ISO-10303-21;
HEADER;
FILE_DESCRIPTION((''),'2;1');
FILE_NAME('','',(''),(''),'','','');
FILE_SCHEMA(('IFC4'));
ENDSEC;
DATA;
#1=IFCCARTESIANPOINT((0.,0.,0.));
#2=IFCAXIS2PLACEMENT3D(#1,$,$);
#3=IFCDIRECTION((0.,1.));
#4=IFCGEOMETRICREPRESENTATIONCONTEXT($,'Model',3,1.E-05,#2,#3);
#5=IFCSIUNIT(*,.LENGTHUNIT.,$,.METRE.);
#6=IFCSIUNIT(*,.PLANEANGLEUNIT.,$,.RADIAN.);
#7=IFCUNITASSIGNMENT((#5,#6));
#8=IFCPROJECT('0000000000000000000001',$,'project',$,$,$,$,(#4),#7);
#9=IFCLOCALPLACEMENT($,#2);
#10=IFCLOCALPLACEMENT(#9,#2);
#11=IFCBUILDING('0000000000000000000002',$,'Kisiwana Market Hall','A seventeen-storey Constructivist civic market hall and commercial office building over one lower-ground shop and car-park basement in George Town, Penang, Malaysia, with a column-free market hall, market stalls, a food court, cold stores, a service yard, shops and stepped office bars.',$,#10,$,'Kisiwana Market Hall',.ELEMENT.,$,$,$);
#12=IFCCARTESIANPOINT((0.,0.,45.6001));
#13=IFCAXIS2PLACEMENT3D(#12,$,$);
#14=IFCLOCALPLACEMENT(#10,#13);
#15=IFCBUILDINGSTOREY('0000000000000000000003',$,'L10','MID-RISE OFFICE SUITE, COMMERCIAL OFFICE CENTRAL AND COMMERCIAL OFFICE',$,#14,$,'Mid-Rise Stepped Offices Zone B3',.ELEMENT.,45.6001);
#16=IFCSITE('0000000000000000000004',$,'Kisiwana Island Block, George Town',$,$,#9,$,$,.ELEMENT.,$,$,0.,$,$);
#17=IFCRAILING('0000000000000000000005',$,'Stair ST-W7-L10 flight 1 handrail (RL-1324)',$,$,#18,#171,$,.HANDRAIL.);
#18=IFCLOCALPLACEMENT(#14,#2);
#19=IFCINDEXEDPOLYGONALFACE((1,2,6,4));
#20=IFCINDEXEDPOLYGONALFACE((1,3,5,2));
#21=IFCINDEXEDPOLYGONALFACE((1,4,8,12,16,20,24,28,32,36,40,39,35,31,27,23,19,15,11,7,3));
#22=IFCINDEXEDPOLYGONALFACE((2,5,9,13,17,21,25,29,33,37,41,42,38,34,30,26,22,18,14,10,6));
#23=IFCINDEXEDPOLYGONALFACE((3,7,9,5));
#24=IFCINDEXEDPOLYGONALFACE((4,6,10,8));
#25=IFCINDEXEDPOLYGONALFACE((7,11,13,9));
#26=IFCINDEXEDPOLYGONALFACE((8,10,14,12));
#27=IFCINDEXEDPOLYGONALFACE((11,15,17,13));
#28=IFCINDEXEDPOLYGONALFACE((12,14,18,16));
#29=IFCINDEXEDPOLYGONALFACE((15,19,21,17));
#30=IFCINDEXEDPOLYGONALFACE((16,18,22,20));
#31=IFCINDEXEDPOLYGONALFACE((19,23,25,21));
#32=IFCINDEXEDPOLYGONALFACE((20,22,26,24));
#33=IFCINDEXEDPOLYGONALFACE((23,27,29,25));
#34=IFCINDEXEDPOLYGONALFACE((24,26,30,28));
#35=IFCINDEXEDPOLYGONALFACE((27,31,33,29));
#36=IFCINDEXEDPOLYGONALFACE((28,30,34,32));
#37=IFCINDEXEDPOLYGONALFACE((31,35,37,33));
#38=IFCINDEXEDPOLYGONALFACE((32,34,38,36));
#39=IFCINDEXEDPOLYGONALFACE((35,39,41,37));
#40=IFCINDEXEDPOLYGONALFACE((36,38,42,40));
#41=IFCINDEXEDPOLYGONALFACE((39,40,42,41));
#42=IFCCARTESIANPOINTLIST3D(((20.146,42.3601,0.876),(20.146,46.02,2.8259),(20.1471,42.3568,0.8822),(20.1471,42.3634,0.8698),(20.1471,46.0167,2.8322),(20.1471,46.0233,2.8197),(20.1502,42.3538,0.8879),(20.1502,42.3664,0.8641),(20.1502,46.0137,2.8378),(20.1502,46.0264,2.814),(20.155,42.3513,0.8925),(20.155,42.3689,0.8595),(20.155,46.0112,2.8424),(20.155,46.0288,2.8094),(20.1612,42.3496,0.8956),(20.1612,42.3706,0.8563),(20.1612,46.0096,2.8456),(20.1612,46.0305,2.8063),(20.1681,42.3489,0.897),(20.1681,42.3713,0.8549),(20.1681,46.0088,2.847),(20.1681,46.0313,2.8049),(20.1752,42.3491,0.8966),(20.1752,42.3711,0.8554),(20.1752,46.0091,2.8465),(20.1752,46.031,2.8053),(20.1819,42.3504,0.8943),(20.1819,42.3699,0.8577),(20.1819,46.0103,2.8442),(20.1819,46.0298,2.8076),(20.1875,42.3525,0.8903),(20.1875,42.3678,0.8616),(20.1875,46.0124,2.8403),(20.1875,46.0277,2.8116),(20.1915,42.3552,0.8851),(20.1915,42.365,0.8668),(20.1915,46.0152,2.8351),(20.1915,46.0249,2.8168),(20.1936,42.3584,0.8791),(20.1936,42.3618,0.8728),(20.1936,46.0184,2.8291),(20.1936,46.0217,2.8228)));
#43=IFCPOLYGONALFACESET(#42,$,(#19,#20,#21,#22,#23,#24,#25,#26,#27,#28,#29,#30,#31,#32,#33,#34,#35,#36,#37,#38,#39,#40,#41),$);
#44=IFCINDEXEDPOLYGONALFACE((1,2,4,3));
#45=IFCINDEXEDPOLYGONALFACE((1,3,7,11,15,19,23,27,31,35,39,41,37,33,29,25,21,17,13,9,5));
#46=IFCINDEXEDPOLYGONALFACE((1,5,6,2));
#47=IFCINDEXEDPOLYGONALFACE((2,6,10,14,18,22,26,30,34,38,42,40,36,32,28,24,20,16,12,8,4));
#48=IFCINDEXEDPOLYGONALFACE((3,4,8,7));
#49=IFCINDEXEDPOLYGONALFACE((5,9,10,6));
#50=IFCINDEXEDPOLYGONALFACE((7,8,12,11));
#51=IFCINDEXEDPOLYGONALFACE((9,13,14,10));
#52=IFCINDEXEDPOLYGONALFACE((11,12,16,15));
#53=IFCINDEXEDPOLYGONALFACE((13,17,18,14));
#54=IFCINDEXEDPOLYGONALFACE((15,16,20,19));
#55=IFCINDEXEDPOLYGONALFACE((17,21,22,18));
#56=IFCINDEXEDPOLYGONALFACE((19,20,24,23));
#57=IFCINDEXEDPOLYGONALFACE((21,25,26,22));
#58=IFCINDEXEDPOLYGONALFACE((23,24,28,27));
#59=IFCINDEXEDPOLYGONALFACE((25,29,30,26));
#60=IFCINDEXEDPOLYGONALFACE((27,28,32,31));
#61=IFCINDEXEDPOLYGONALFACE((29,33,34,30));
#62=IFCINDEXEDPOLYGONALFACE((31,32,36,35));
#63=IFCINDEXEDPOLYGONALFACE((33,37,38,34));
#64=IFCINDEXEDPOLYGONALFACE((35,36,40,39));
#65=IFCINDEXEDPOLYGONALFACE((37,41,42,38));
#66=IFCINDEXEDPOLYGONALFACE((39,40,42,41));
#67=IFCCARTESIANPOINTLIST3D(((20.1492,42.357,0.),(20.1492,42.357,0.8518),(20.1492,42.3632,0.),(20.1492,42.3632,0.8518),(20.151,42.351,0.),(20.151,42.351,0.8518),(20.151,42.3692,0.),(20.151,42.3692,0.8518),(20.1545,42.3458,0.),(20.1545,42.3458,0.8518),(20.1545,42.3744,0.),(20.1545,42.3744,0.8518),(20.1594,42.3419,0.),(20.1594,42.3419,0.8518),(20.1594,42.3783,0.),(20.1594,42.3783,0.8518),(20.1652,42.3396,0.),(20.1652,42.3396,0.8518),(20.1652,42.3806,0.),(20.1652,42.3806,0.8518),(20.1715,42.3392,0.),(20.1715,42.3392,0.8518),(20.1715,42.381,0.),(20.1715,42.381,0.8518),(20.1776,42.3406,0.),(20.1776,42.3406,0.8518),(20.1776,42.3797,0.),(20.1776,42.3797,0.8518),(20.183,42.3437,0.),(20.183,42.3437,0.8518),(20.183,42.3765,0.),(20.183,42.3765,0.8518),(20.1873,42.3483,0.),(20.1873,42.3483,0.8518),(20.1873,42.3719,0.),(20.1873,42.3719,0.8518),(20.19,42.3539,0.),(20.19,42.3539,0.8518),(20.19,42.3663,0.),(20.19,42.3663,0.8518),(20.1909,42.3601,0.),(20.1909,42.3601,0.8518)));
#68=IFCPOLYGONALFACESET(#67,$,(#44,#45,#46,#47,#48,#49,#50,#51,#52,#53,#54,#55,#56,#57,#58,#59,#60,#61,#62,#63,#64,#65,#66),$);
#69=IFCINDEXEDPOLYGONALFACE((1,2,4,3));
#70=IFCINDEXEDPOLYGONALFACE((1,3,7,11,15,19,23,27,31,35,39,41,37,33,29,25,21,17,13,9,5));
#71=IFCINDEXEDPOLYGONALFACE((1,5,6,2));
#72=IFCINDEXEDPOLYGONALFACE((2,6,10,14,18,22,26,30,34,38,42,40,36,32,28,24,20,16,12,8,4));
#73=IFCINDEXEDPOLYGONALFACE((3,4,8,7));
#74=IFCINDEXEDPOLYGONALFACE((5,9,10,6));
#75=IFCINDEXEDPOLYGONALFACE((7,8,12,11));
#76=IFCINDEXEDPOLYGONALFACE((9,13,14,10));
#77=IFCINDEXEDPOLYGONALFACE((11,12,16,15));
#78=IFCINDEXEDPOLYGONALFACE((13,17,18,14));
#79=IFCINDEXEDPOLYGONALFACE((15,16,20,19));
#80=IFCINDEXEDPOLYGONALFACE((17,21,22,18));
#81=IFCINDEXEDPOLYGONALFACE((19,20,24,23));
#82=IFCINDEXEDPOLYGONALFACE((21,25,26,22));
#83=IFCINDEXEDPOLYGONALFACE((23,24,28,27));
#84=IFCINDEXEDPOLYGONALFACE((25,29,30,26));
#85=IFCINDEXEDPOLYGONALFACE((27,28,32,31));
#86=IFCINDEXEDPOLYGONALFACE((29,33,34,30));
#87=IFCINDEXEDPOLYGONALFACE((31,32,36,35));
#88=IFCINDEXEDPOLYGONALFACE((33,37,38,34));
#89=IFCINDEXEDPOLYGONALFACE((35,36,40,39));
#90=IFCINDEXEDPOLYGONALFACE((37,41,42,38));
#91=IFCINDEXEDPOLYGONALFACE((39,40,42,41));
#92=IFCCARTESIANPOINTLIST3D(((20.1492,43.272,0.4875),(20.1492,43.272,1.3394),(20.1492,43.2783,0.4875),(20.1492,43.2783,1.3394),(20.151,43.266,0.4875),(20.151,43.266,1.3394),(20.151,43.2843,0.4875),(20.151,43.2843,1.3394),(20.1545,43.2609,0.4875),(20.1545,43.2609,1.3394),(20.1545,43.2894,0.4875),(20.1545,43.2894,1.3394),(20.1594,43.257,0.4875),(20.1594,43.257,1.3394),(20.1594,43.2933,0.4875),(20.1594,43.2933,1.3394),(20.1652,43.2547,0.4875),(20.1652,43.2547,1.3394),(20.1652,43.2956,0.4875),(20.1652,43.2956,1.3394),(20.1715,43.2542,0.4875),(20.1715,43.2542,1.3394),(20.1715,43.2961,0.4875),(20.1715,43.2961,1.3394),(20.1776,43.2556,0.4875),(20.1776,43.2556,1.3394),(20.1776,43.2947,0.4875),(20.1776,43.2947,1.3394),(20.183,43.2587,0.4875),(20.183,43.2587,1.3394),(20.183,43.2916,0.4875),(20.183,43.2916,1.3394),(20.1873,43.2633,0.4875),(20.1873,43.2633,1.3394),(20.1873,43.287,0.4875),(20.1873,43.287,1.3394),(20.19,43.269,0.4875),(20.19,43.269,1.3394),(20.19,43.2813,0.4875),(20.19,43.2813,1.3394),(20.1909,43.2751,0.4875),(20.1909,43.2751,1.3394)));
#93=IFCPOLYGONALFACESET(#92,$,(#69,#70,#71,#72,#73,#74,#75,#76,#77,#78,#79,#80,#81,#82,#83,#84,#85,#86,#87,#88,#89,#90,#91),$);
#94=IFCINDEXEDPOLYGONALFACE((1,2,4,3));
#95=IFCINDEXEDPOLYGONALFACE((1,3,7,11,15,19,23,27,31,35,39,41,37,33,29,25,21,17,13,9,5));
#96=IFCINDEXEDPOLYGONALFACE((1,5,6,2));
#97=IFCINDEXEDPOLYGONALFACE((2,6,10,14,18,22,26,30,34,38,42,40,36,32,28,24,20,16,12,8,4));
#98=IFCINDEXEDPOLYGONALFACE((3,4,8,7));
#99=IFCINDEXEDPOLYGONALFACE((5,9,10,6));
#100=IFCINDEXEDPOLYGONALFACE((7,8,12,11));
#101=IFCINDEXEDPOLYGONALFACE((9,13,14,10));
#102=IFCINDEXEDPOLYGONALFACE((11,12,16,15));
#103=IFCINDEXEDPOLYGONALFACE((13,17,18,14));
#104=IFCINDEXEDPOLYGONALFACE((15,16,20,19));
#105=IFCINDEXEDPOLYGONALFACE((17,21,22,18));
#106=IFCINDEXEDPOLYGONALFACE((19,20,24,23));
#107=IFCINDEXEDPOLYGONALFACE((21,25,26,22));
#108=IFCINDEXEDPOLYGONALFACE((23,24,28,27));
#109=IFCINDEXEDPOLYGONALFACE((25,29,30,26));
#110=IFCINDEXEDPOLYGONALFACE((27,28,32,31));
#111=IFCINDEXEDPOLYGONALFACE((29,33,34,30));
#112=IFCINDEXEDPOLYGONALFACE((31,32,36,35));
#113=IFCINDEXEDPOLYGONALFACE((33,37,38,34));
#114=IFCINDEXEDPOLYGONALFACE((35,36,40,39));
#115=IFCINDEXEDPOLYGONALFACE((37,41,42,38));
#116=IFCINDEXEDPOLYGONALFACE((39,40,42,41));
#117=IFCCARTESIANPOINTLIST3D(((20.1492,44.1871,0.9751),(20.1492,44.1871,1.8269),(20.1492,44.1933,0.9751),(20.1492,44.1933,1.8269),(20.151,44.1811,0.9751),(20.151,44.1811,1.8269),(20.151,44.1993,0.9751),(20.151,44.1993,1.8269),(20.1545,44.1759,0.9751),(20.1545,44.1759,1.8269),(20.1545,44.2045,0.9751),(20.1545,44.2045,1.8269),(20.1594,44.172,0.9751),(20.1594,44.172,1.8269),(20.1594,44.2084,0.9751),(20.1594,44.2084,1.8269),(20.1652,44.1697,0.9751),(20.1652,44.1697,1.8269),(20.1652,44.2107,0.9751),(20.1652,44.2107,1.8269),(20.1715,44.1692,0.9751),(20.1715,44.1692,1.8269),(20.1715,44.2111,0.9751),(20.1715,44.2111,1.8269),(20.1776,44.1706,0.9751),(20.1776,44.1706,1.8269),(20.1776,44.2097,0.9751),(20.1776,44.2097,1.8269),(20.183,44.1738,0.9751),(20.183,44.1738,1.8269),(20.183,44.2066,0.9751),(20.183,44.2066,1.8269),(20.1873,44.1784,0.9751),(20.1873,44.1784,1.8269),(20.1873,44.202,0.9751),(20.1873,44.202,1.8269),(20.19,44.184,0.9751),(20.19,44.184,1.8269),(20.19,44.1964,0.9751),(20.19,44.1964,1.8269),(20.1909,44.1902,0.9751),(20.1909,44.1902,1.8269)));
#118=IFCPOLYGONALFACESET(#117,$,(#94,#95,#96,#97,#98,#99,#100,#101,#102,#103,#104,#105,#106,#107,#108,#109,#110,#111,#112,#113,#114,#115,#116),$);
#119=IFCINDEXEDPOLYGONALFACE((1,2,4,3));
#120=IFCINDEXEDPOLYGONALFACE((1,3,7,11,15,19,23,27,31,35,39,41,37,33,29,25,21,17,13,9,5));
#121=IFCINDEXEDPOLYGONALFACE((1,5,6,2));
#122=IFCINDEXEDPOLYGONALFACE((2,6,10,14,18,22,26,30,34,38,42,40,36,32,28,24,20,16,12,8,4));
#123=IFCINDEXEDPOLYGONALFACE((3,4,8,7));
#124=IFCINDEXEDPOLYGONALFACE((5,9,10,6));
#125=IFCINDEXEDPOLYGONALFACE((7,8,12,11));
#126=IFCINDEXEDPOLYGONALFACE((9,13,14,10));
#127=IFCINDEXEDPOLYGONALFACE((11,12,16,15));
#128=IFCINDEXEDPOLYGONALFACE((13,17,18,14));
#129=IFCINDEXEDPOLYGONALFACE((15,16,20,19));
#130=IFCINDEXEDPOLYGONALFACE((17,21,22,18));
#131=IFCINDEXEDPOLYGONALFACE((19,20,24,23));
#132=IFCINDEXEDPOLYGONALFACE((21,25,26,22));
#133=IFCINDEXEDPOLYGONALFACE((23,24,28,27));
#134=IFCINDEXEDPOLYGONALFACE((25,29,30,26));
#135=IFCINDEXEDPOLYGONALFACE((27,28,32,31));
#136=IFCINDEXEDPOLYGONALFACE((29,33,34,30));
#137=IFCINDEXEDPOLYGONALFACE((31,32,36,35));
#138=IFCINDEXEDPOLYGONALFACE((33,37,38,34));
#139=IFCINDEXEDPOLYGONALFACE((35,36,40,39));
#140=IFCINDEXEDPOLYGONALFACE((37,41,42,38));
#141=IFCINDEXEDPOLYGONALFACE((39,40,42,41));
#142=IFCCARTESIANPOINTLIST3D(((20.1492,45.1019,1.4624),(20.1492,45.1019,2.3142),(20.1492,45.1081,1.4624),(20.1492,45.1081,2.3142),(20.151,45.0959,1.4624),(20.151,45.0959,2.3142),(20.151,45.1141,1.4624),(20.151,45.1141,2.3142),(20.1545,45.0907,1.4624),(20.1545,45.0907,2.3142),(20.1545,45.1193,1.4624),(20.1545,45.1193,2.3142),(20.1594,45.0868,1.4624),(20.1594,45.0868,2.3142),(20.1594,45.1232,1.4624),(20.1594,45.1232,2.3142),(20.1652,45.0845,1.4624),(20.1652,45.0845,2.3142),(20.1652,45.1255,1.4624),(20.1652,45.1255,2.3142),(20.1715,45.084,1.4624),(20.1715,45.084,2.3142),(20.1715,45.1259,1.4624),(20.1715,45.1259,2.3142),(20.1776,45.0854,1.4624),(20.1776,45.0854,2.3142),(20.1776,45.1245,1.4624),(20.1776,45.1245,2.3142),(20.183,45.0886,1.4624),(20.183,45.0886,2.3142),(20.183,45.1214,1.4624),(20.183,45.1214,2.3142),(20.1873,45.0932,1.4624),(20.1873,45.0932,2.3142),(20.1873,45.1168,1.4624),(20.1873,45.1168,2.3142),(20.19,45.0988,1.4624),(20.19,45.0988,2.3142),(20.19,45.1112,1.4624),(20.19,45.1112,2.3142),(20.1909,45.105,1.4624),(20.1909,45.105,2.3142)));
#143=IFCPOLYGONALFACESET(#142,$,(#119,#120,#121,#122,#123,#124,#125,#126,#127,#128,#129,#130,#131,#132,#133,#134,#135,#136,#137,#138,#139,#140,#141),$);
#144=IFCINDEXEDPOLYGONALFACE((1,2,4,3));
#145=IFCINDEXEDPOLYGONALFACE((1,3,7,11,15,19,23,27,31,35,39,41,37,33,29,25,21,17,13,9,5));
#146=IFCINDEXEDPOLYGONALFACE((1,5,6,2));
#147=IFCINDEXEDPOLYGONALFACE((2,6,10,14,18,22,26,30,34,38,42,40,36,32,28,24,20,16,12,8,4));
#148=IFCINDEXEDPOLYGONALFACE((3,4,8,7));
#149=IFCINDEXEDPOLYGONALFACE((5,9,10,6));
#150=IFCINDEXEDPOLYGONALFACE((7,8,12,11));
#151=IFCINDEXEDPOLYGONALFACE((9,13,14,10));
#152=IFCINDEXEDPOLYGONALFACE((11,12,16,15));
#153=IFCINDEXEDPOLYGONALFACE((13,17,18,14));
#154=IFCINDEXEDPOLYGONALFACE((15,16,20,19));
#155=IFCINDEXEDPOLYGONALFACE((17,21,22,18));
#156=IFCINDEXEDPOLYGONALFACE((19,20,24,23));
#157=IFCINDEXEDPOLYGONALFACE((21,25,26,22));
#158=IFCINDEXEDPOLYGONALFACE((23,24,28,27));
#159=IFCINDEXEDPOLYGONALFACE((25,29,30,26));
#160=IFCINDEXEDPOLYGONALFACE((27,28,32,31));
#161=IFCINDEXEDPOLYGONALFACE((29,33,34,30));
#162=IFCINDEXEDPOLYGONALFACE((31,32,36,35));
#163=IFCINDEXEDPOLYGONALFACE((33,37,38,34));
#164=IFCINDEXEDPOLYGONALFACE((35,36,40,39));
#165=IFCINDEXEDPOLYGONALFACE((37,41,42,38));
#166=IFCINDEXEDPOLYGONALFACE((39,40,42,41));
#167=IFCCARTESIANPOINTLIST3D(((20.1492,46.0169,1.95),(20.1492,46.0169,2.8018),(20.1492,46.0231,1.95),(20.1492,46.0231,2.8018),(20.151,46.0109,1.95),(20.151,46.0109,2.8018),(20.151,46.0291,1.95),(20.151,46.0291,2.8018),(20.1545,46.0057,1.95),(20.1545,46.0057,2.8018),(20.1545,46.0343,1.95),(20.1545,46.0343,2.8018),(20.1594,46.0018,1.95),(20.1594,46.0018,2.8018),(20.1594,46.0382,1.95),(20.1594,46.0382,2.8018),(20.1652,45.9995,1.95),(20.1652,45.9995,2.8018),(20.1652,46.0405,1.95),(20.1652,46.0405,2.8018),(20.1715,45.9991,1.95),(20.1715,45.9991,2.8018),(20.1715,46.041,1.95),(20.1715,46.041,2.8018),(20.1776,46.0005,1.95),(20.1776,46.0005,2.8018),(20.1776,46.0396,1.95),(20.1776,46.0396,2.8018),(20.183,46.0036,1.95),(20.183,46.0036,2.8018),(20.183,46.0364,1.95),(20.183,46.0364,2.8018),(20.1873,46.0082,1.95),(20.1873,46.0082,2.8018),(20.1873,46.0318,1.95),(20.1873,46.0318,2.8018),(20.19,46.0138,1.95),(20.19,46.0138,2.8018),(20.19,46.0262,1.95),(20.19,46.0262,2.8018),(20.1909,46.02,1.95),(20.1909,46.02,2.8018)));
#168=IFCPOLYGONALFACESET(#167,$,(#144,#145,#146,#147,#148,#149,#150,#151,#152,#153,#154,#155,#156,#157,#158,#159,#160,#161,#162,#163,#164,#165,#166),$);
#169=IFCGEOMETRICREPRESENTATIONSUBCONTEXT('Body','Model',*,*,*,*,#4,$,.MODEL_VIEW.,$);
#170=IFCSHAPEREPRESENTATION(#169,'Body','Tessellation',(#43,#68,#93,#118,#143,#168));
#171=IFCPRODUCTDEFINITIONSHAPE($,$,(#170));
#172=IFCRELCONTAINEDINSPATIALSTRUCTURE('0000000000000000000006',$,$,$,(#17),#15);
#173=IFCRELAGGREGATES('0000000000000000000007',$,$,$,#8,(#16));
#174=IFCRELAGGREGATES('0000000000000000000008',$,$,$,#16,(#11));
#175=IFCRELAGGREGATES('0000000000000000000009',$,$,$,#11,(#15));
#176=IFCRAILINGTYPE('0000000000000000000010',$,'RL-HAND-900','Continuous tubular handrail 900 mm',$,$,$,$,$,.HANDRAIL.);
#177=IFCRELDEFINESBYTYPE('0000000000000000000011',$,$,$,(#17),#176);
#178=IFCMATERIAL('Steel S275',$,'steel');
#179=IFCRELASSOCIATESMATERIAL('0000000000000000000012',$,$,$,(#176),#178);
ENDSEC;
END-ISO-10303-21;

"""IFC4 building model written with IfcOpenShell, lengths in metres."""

from ifc_helpers import new_model, si_unit, direction, frame, origin, origin_2d, place, context, subcontext, project, spatial, circle, extrude, material, type_object, element, save


model = new_model("IFC4")

# Units and contexts
model_context = context("Model", 3, precision=1e-05, world=origin(), true_north=direction((0.0, 1.0)))
body_context = subcontext(model_context, "Body", "Model", "MODEL_VIEW")
ifc_project = project(units=[si_unit("LENGTHUNIT", "METRE"), si_unit("PLANEANGLEUNIT", "RADIAN")], contexts=[model_context])

# Site, building, storey
site_placement = place(None, origin())
site = spatial("IfcSite", under=ifc_project, at=site_placement, Name="Kisiwana Island Block, George Town", CompositionType="ELEMENT", RefElevation=0.0)
building_placement = place(site_placement, origin())
building = spatial("IfcBuilding", under=site, at=building_placement, Name="Kisiwana Market Hall", Description="A seventeen-storey Constructivist civic market hall and commercial office building over one lower-ground shop and car-park basement in George Town, Penang, Malaysia, with a column-free market hall, market stalls, a food court, cold stores, a service yard, shops and stepped office bars.", LongName="Kisiwana Market Hall", CompositionType="ELEMENT")
storey_placement = place(building_placement, frame((0.0, 0.0, 45.6001)))
storey = spatial("IfcBuildingStorey", under=building, at=storey_placement, Name="L10", Description="MID-RISE OFFICE SUITE, COMMERCIAL OFFICE CENTRAL AND COMMERCIAL OFFICE", LongName="Mid-Rise Stepped Offices Zone B3", CompositionType="ELEMENT", Elevation=45.6001)

# Railing
ifc_material_1 = material(Name="Steel S275", Category="steel")
railing_type_1 = type_object("IfcRailingType", Name="RL-HAND-900", Description="Continuous tubular handrail 900 mm", PredefinedType="HANDRAIL", material=ifc_material_1)
railing_1_placement = place(storey_placement, frame((20.1699, 42.3601, 0.0)))
element("IfcRailing", 1, at=railing_1_placement, inside=storey, type_object=railing_type_1, Name="Stair ST-W7-L10 flight 1 handrail (RL-1324)", PredefinedType="HANDRAIL", context=body_context, shape_type="SweptSolid", body=[
    extrude(circle(Radius=0.0239, at=origin_2d()), frame((0.0, 0.0, 0.876), z_axis=(0.0, 0.882553, 0.470212), x_axis=(-1.0, 0.0, 0.0)), (0.0, 0.0, 1.0), 4.147),
    extrude(circle(Radius=0.021, at=origin_2d()), origin(), (0.0, 0.0, 1.0), 0.8518),
    extrude(circle(Radius=0.021, at=origin_2d()), frame((0.0, 0.915, 0.4875)), (0.0, 0.0, 1.0), 0.8518),
    extrude(circle(Radius=0.021, at=origin_2d()), frame((0.0, 1.8301, 0.9751)), (0.0, 0.0, 1.0), 0.8518),
    extrude(circle(Radius=0.021, at=origin_2d()), frame((0.0, 2.7449, 1.4624)), (0.0, 0.0, 1.0), 0.8518),
    extrude(circle(Radius=0.021, at=origin_2d()), frame((0.0, 3.6599, 1.95)), (0.0, 0.0, 1.0), 0.8518),
])

save(model, "model.ifc")
